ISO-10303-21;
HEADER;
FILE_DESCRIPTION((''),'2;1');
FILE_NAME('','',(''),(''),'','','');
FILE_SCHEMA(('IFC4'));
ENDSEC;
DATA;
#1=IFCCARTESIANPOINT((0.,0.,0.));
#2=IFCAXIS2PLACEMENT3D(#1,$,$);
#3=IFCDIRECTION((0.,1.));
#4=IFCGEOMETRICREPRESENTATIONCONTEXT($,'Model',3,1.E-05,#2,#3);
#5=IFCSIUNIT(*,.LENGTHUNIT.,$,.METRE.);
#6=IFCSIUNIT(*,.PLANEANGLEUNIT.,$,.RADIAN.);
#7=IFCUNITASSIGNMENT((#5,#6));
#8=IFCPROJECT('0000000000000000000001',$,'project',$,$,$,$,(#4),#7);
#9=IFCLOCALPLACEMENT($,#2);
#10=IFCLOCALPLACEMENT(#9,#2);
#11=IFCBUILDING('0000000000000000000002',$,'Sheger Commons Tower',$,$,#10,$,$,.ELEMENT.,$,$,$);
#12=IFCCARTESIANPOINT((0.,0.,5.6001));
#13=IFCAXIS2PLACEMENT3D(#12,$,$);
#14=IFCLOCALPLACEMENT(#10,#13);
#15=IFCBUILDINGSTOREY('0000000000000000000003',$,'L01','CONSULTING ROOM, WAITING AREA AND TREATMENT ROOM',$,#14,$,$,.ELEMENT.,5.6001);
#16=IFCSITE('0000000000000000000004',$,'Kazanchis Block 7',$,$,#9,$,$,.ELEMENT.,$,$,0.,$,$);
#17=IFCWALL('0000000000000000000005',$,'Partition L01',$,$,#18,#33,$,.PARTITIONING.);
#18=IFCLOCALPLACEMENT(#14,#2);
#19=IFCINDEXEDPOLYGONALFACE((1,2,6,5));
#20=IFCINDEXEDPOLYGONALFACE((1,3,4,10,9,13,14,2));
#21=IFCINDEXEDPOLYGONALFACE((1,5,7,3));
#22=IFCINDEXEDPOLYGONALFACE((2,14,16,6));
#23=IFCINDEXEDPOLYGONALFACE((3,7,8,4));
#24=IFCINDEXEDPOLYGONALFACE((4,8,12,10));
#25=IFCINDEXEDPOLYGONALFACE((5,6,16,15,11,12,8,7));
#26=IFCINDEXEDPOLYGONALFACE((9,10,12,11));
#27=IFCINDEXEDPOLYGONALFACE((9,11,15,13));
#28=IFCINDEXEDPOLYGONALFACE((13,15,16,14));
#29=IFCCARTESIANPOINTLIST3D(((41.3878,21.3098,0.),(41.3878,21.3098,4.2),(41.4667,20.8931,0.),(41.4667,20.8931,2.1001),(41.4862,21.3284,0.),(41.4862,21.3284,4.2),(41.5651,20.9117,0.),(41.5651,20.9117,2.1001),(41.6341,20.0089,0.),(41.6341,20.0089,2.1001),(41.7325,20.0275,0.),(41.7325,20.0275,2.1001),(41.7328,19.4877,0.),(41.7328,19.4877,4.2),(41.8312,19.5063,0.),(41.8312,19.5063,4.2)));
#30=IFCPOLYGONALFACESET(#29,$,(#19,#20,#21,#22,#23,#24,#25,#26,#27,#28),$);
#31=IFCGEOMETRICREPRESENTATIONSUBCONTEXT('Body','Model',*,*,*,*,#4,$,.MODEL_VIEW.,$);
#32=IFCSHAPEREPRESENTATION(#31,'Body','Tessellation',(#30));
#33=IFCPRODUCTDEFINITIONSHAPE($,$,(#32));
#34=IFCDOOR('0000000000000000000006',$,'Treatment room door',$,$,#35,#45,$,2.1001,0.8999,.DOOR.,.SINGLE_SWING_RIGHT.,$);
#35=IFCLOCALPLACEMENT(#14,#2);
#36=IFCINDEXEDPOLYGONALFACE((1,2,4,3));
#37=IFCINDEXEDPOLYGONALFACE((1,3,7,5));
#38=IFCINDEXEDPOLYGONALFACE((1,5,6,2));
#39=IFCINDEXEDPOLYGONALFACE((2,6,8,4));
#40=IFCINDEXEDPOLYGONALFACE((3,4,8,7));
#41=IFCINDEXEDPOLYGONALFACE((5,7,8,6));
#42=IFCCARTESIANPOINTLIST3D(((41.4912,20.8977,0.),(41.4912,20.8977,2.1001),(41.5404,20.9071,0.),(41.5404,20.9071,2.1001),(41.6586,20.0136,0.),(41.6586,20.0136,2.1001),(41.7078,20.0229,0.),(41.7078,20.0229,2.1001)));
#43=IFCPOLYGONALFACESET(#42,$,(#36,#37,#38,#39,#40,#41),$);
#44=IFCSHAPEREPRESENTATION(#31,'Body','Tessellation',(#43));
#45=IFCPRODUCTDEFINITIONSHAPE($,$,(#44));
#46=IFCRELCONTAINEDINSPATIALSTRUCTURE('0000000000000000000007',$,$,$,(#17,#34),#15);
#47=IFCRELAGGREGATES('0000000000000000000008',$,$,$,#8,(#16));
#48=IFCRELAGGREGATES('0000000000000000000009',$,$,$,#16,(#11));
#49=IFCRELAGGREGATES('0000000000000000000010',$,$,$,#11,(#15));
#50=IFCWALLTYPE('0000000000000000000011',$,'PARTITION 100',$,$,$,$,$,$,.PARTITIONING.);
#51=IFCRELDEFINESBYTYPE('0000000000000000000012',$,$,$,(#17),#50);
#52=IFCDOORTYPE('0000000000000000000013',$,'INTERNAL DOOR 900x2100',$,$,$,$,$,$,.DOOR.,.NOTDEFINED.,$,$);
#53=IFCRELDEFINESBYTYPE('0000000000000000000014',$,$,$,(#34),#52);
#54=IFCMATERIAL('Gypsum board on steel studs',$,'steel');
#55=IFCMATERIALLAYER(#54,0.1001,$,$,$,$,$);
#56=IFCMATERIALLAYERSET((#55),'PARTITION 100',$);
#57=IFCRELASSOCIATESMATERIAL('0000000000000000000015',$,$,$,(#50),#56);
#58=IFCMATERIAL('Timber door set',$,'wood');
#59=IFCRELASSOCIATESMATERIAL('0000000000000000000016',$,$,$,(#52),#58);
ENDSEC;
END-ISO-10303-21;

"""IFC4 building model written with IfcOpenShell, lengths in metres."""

from ifc_helpers import new_model, si_unit, direction, frame, frame_2d, origin, place, context, subcontext, project, spatial, rectangle, extrude, material, layer, layer_set, type_object, element, fill, save


model = new_model("IFC4")

# Units and contexts
model_context = context("Model", 3, precision=1e-05, world=origin(), true_north=direction((0.0, 1.0)))
body_context = subcontext(model_context, "Body", "Model", "MODEL_VIEW")
ifc_project = project(units=[si_unit("LENGTHUNIT", "METRE"), si_unit("PLANEANGLEUNIT", "RADIAN")], contexts=[model_context])

# Site, building, storey
site_placement = place(None, origin())
site = spatial("IfcSite", under=ifc_project, at=site_placement, Name="Kazanchis Block 7", CompositionType="ELEMENT", RefElevation=0.0)
building_placement = place(site_placement, origin())
building = spatial("IfcBuilding", under=site, at=building_placement, Name="Sheger Commons Tower", CompositionType="ELEMENT")
storey_placement = place(building_placement, frame((0.0, 0.0, 5.6001)))
storey = spatial("IfcBuildingStorey", under=building, at=storey_placement, Name="L01", Description="CONSULTING ROOM, WAITING AREA AND TREATMENT ROOM", CompositionType="ELEMENT", Elevation=5.6001)

# Shared definitions
ifc_material_1 = material(Name="Gypsum board on steel studs", Category="steel")
ifc_layer_1 = layer(ifc_material_1, 0.1001)
ifc_layer_set_1 = layer_set([ifc_layer_1], Name="PARTITION 100")
wall_type_1 = type_object("IfcWallType", Name="PARTITION 100", PredefinedType="PARTITIONING", material=ifc_layer_set_1)

# Wall, opening, door
wall_1_placement = place(storey_placement, frame((41.437, 21.3191, 0.0), z_axis=(0.0, 0.0, 1.0), x_axis=(0.186029, -0.982544, 0.0)))
wall_1 = element("IfcWall", 1, at=wall_1_placement, inside=storey, type_object=wall_type_1, Name="Partition L01", PredefinedType="PARTITIONING", context=body_context, shape_type="SweptSolid", body=[
    extrude(rectangle(XDim=1.8545, YDim=0.1001, at=frame_2d((0.9272, 0.0))), origin(), (0.0, 0.0, 1.0), 4.2),
])
opening_placement = place(wall_1_placement, frame((0.4241, 0.0, 0.0)))
opening = element("IfcOpeningElement", 2, at=opening_placement, cuts=wall_1, PredefinedType="OPENING", context=body_context, shape_type="SweptSolid", body=[
    extrude(rectangle(XDim=0.8999, YDim=2.1001, at=frame_2d((0.45, 1.05))), frame((0.0, 0.0601, 0.0), z_axis=(0.0, -1.0, 0.0), x_axis=(1.0, 0.0, 0.0)), (0.0, 0.0, 1.0), 0.1201),
])
ifc_material_2 = material(Name="Timber door set", Category="wood")
door_type = type_object("IfcDoorType", Name="INTERNAL DOOR 900x2100", OperationType="NOTDEFINED", PredefinedType="DOOR", material=ifc_material_2)
door_placement = place(opening_placement, origin())
door = element("IfcDoor", 3, at=door_placement, inside=storey, type_object=door_type, Name="Treatment room door", OperationType="SINGLE_SWING_RIGHT", OverallHeight=2.1001, OverallWidth=0.8999, PredefinedType="DOOR", context=body_context, shape_type="SweptSolid", body=[
    extrude(rectangle(XDim=0.8999, YDim=2.1001, at=frame_2d((0.45, 1.05))), frame((0.0, 0.0249, 0.0), z_axis=(0.0, -1.0, 0.0), x_axis=(1.0, 0.0, 0.0)), (0.0, 0.0, 1.0), 0.05),
])
fill(opening, door)

save(model, "model.ifc")
